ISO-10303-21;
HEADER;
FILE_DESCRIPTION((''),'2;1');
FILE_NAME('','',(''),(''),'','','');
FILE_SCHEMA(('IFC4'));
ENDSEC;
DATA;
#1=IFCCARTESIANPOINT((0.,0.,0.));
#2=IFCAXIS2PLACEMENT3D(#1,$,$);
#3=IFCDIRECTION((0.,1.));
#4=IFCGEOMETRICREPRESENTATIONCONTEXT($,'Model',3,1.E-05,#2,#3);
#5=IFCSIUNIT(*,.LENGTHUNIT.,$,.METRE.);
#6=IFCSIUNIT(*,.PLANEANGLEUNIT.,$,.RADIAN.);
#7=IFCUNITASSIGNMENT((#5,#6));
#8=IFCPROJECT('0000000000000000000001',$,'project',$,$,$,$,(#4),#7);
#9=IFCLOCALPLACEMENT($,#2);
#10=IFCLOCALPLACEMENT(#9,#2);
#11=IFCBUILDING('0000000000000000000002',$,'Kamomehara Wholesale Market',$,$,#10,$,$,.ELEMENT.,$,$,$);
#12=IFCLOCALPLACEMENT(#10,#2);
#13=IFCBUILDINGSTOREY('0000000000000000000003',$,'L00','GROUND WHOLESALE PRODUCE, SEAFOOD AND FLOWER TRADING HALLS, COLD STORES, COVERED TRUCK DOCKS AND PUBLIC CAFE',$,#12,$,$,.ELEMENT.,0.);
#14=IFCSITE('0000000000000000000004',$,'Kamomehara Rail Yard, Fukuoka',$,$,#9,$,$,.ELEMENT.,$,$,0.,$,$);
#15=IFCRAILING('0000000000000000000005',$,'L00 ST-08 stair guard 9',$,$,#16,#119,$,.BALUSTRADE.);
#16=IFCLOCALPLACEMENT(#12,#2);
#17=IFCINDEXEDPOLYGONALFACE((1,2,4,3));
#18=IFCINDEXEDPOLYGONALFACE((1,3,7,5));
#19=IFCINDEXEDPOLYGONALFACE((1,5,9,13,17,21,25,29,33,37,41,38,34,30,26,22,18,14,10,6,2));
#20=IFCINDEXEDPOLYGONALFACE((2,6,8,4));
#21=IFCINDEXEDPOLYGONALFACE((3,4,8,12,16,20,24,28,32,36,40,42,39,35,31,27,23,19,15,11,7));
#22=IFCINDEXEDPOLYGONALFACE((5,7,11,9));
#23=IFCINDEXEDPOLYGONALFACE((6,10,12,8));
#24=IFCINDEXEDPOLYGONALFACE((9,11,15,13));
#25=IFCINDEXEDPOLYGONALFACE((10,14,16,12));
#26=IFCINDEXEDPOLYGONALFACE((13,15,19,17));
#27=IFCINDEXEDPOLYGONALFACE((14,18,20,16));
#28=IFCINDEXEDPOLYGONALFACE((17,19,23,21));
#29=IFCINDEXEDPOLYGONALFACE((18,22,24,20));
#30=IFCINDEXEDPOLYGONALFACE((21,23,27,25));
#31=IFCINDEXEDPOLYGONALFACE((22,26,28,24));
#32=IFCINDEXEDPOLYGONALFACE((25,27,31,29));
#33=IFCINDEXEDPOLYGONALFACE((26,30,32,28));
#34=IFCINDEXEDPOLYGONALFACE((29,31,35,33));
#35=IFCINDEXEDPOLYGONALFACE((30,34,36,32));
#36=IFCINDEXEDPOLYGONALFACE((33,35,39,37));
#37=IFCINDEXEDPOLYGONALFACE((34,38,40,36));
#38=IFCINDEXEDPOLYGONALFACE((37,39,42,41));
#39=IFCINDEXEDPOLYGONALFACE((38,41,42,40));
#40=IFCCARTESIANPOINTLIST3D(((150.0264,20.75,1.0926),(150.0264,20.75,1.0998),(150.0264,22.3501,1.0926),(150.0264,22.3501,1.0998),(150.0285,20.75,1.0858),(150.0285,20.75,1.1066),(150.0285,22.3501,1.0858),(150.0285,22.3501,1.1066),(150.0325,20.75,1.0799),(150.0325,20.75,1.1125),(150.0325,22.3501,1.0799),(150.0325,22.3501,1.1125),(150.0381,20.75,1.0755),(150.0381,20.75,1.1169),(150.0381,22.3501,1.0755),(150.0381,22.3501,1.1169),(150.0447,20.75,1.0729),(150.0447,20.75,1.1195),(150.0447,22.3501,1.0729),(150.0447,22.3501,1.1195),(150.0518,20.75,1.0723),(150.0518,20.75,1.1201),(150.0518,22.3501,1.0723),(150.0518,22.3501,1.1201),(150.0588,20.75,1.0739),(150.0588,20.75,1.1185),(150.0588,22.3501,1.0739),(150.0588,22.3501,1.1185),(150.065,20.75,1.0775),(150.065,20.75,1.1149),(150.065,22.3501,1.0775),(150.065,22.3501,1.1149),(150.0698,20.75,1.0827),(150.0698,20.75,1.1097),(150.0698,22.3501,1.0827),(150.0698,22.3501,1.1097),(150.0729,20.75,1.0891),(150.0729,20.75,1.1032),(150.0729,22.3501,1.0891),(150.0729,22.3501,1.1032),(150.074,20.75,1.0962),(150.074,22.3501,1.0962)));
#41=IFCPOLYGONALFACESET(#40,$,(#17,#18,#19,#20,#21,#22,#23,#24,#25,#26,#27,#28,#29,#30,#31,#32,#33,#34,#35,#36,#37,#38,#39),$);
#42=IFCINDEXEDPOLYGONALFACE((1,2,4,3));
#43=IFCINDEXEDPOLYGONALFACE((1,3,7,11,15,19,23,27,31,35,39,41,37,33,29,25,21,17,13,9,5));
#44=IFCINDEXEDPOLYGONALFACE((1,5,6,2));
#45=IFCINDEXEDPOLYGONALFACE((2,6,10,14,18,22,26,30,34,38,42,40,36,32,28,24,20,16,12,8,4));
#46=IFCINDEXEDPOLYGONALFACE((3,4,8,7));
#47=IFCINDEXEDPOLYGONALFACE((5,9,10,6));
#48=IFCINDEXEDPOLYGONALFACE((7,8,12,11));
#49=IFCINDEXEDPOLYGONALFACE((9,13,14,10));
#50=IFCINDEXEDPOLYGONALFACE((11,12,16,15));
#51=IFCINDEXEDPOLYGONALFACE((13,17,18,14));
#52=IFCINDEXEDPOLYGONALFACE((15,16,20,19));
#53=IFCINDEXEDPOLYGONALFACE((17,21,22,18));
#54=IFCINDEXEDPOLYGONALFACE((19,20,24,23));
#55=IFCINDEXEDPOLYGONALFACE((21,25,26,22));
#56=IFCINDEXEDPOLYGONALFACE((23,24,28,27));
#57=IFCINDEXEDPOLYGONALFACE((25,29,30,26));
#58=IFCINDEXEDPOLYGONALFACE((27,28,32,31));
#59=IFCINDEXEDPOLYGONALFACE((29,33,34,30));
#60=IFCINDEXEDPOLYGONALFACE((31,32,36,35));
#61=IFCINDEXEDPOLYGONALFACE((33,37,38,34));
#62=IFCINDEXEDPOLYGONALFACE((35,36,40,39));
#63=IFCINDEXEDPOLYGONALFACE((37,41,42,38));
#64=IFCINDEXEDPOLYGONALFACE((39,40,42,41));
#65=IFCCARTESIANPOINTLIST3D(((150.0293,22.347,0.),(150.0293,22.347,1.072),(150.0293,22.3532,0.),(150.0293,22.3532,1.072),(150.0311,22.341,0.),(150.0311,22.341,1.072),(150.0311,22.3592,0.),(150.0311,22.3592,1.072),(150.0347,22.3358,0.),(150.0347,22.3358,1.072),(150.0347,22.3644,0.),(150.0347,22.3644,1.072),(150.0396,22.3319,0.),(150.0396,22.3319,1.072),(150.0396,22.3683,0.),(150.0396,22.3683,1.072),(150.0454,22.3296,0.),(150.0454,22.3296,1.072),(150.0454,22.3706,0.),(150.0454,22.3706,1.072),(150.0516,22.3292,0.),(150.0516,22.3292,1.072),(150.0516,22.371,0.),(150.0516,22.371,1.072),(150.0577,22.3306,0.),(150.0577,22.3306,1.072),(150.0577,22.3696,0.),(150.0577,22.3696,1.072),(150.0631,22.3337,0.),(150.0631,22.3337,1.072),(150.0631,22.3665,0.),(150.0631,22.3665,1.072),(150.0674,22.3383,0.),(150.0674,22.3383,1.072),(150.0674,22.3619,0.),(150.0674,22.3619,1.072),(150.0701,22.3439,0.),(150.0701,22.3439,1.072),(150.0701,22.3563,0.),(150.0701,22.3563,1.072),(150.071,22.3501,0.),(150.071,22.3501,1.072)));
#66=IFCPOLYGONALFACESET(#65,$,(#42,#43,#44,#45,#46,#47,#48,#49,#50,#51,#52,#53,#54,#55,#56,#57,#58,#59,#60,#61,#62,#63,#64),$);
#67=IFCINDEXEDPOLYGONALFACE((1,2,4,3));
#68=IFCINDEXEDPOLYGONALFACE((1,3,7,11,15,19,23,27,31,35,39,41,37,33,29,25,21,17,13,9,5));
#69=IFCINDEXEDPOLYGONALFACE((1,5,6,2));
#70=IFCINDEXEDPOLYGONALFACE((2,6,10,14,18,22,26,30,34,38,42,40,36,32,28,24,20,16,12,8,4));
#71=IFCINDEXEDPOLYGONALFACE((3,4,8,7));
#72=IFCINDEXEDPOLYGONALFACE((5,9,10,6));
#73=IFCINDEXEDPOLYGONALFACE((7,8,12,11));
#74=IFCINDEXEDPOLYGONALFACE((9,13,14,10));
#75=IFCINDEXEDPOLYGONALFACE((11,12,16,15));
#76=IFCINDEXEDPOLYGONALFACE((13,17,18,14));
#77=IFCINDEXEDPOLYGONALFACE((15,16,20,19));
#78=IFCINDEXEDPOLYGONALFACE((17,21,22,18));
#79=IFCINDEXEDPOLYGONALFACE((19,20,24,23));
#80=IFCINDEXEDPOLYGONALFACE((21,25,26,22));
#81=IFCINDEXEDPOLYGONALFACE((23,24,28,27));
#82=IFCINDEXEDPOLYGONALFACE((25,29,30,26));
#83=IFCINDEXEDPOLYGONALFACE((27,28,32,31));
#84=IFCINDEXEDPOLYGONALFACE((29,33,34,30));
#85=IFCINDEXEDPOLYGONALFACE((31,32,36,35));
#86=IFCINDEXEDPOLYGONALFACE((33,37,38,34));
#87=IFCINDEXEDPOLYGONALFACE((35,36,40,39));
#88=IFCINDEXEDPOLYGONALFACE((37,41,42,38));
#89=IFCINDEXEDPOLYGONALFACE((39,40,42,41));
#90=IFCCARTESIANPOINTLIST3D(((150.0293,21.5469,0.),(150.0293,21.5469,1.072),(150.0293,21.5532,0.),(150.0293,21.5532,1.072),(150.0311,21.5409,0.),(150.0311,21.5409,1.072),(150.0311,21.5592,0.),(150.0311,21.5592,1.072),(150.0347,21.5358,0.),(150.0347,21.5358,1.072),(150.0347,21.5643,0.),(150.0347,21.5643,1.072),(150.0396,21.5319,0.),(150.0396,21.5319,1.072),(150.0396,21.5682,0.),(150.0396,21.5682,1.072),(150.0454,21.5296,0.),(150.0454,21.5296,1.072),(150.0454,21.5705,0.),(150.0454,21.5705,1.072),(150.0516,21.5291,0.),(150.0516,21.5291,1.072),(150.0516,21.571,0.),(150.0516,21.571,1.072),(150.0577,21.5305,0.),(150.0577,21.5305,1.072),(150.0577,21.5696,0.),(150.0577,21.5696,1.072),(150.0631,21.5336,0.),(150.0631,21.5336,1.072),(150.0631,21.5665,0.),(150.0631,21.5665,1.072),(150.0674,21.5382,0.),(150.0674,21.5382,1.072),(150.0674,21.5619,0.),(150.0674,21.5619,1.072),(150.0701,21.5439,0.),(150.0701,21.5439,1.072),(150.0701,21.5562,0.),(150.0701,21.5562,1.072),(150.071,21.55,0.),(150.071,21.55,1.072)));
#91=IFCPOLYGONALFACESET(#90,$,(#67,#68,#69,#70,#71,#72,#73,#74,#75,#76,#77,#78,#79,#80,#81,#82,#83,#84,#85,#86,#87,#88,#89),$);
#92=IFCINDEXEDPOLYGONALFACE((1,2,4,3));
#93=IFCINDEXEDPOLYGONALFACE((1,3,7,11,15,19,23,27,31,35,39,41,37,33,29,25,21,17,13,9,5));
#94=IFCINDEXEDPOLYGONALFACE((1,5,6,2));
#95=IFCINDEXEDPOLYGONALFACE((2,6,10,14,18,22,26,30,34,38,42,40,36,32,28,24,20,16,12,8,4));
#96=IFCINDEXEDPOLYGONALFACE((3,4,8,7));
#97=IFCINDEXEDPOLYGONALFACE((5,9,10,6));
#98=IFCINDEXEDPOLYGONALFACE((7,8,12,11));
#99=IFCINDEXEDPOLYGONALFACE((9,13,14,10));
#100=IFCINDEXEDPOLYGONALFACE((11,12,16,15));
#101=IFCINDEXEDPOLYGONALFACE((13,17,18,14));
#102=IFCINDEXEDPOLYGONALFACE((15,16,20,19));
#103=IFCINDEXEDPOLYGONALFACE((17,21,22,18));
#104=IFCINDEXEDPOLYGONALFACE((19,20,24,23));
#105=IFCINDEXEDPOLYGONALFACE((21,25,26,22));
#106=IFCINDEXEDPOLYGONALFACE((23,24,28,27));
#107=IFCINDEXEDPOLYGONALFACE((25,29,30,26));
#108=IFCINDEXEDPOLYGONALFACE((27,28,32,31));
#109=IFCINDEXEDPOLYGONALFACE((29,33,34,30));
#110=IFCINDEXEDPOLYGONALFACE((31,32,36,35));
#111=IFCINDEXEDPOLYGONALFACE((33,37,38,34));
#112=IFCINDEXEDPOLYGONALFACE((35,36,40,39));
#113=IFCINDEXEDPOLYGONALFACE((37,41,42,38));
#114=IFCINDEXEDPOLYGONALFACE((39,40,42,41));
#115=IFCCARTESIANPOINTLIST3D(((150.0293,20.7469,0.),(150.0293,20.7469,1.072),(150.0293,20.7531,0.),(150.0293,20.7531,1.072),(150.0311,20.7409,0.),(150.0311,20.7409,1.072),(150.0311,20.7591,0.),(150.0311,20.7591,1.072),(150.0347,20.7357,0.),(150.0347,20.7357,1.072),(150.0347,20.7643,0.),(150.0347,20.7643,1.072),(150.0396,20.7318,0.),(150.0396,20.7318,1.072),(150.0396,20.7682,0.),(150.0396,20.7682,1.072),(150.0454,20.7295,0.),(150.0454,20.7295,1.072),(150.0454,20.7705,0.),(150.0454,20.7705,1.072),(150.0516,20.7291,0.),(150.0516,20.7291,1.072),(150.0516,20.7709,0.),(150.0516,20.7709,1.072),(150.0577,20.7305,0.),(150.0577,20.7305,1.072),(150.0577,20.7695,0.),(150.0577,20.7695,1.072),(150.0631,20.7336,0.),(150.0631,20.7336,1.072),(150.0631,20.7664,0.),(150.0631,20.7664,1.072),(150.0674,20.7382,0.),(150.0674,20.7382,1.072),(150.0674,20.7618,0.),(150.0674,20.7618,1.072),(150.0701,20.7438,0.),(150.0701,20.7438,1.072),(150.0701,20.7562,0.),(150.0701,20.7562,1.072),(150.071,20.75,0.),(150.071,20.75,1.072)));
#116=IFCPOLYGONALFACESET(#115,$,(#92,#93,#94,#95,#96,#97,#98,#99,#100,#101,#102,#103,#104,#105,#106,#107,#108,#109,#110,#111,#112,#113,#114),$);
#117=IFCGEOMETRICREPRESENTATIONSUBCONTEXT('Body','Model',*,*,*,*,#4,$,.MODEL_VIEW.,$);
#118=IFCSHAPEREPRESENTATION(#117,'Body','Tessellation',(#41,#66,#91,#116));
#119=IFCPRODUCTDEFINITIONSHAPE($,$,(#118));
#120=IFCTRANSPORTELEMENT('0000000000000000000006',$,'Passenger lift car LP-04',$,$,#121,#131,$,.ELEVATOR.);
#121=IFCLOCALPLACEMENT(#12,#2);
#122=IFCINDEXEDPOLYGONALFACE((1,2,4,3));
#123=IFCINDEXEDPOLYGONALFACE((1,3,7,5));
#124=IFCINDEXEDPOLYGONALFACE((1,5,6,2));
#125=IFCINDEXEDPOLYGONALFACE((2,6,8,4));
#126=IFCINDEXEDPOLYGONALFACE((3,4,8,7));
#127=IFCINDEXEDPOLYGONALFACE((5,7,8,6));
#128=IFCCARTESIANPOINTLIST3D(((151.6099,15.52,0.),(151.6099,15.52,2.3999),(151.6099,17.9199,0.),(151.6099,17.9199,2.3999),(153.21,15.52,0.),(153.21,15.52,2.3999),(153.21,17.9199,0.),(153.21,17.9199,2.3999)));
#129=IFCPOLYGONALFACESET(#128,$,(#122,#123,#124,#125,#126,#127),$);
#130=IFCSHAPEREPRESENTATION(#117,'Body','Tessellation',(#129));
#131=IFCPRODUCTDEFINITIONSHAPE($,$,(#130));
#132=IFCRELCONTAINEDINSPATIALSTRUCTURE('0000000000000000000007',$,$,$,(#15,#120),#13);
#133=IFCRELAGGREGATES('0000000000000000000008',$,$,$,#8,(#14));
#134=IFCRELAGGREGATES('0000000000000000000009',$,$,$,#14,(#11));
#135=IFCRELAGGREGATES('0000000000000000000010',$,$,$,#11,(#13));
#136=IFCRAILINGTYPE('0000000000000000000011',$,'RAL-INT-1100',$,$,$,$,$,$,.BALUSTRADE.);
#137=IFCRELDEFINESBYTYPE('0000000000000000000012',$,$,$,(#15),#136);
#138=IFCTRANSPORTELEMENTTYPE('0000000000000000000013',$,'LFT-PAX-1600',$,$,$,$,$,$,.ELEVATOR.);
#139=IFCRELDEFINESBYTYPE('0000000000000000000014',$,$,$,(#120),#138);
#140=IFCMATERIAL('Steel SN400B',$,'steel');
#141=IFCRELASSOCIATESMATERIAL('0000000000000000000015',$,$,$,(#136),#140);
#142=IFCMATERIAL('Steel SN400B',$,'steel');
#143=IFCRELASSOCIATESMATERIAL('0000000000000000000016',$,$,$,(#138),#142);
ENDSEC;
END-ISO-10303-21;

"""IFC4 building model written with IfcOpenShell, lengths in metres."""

from ifc_helpers import new_model, si_unit, direction, frame, origin, origin_2d, place, context, subcontext, project, spatial, rectangle, circle, extrude, material, type_object, element, save


model = new_model("IFC4")

# Units and contexts
model_context = context("Model", 3, precision=1e-05, world=origin(), true_north=direction((0.0, 1.0)))
body_context = subcontext(model_context, "Body", "Model", "MODEL_VIEW")
ifc_project = project(units=[si_unit("LENGTHUNIT", "METRE"), si_unit("PLANEANGLEUNIT", "RADIAN")], contexts=[model_context])

# Site, building, storey
site_placement = place(None, origin())
site = spatial("IfcSite", under=ifc_project, at=site_placement, Name="Kamomehara Rail Yard, Fukuoka", CompositionType="ELEMENT", RefElevation=0.0)
building_placement = place(site_placement, origin())
building = spatial("IfcBuilding", under=site, at=building_placement, Name="Kamomehara Wholesale Market", CompositionType="ELEMENT")
storey_placement = place(building_placement, origin())
storey = spatial("IfcBuildingStorey", under=building, at=storey_placement, Name="L00", Description="GROUND WHOLESALE PRODUCE, SEAFOOD AND FLOWER TRADING HALLS, COLD STORES, COVERED TRUCK DOCKS AND PUBLIC CAFE", CompositionType="ELEMENT", Elevation=0.0)

# Railing
ifc_material_1 = material(Name="Steel SN400B", Category="steel")
railing_type_1 = type_object("IfcRailingType", Name="RAL-INT-1100", PredefinedType="BALUSTRADE", material=ifc_material_1)
railing_1_placement = place(storey_placement, frame((150.05, 22.3501, 0.0)))
element("IfcRailing", 1, at=railing_1_placement, inside=storey, type_object=railing_type_1, Name="L00 ST-08 stair guard 9", PredefinedType="BALUSTRADE", context=body_context, shape_type="SweptSolid", body=[
    extrude(circle(Radius=0.0239, at=origin_2d()), frame((0.0, 0.0, 1.0962), z_axis=(0.0, -1.0, 0.0), x_axis=(1.0, 0.0, 0.0)), (0.0, 0.0, 1.0), 1.6001),
    extrude(circle(Radius=0.021, at=origin_2d()), origin(), (0.0, 0.0, 1.0), 1.072),
    extrude(circle(Radius=0.021, at=origin_2d()), frame((0.0, -0.8, 0.0)), (0.0, 0.0, 1.0), 1.072),
    extrude(circle(Radius=0.021, at=origin_2d()), frame((0.0, -1.6001, 0.0)), (0.0, 0.0, 1.0), 1.072),
])

# Transport element
ifc_material_2 = material(Name="Steel SN400B", Category="steel")
transport_element_type = type_object("IfcTransportElementType", Name="LFT-PAX-1600", PredefinedType="ELEVATOR", material=ifc_material_2)
transport_element_placement = place(storey_placement, frame((152.4099, 16.72, 0.0), z_axis=(0.0, 0.0, 1.0), x_axis=(1.0, 0.0, 0.0)))
element("IfcTransportElement", 2, at=transport_element_placement, inside=storey, type_object=transport_element_type, Name="Passenger lift car LP-04", PredefinedType="ELEVATOR", context=body_context, shape_type="SweptSolid", body=[
    extrude(rectangle(XDim=1.6001, YDim=2.3999, at=origin_2d()), origin(), (0.0, 0.0, 1.0), 2.3999),
])

save(model, "model.ifc")
